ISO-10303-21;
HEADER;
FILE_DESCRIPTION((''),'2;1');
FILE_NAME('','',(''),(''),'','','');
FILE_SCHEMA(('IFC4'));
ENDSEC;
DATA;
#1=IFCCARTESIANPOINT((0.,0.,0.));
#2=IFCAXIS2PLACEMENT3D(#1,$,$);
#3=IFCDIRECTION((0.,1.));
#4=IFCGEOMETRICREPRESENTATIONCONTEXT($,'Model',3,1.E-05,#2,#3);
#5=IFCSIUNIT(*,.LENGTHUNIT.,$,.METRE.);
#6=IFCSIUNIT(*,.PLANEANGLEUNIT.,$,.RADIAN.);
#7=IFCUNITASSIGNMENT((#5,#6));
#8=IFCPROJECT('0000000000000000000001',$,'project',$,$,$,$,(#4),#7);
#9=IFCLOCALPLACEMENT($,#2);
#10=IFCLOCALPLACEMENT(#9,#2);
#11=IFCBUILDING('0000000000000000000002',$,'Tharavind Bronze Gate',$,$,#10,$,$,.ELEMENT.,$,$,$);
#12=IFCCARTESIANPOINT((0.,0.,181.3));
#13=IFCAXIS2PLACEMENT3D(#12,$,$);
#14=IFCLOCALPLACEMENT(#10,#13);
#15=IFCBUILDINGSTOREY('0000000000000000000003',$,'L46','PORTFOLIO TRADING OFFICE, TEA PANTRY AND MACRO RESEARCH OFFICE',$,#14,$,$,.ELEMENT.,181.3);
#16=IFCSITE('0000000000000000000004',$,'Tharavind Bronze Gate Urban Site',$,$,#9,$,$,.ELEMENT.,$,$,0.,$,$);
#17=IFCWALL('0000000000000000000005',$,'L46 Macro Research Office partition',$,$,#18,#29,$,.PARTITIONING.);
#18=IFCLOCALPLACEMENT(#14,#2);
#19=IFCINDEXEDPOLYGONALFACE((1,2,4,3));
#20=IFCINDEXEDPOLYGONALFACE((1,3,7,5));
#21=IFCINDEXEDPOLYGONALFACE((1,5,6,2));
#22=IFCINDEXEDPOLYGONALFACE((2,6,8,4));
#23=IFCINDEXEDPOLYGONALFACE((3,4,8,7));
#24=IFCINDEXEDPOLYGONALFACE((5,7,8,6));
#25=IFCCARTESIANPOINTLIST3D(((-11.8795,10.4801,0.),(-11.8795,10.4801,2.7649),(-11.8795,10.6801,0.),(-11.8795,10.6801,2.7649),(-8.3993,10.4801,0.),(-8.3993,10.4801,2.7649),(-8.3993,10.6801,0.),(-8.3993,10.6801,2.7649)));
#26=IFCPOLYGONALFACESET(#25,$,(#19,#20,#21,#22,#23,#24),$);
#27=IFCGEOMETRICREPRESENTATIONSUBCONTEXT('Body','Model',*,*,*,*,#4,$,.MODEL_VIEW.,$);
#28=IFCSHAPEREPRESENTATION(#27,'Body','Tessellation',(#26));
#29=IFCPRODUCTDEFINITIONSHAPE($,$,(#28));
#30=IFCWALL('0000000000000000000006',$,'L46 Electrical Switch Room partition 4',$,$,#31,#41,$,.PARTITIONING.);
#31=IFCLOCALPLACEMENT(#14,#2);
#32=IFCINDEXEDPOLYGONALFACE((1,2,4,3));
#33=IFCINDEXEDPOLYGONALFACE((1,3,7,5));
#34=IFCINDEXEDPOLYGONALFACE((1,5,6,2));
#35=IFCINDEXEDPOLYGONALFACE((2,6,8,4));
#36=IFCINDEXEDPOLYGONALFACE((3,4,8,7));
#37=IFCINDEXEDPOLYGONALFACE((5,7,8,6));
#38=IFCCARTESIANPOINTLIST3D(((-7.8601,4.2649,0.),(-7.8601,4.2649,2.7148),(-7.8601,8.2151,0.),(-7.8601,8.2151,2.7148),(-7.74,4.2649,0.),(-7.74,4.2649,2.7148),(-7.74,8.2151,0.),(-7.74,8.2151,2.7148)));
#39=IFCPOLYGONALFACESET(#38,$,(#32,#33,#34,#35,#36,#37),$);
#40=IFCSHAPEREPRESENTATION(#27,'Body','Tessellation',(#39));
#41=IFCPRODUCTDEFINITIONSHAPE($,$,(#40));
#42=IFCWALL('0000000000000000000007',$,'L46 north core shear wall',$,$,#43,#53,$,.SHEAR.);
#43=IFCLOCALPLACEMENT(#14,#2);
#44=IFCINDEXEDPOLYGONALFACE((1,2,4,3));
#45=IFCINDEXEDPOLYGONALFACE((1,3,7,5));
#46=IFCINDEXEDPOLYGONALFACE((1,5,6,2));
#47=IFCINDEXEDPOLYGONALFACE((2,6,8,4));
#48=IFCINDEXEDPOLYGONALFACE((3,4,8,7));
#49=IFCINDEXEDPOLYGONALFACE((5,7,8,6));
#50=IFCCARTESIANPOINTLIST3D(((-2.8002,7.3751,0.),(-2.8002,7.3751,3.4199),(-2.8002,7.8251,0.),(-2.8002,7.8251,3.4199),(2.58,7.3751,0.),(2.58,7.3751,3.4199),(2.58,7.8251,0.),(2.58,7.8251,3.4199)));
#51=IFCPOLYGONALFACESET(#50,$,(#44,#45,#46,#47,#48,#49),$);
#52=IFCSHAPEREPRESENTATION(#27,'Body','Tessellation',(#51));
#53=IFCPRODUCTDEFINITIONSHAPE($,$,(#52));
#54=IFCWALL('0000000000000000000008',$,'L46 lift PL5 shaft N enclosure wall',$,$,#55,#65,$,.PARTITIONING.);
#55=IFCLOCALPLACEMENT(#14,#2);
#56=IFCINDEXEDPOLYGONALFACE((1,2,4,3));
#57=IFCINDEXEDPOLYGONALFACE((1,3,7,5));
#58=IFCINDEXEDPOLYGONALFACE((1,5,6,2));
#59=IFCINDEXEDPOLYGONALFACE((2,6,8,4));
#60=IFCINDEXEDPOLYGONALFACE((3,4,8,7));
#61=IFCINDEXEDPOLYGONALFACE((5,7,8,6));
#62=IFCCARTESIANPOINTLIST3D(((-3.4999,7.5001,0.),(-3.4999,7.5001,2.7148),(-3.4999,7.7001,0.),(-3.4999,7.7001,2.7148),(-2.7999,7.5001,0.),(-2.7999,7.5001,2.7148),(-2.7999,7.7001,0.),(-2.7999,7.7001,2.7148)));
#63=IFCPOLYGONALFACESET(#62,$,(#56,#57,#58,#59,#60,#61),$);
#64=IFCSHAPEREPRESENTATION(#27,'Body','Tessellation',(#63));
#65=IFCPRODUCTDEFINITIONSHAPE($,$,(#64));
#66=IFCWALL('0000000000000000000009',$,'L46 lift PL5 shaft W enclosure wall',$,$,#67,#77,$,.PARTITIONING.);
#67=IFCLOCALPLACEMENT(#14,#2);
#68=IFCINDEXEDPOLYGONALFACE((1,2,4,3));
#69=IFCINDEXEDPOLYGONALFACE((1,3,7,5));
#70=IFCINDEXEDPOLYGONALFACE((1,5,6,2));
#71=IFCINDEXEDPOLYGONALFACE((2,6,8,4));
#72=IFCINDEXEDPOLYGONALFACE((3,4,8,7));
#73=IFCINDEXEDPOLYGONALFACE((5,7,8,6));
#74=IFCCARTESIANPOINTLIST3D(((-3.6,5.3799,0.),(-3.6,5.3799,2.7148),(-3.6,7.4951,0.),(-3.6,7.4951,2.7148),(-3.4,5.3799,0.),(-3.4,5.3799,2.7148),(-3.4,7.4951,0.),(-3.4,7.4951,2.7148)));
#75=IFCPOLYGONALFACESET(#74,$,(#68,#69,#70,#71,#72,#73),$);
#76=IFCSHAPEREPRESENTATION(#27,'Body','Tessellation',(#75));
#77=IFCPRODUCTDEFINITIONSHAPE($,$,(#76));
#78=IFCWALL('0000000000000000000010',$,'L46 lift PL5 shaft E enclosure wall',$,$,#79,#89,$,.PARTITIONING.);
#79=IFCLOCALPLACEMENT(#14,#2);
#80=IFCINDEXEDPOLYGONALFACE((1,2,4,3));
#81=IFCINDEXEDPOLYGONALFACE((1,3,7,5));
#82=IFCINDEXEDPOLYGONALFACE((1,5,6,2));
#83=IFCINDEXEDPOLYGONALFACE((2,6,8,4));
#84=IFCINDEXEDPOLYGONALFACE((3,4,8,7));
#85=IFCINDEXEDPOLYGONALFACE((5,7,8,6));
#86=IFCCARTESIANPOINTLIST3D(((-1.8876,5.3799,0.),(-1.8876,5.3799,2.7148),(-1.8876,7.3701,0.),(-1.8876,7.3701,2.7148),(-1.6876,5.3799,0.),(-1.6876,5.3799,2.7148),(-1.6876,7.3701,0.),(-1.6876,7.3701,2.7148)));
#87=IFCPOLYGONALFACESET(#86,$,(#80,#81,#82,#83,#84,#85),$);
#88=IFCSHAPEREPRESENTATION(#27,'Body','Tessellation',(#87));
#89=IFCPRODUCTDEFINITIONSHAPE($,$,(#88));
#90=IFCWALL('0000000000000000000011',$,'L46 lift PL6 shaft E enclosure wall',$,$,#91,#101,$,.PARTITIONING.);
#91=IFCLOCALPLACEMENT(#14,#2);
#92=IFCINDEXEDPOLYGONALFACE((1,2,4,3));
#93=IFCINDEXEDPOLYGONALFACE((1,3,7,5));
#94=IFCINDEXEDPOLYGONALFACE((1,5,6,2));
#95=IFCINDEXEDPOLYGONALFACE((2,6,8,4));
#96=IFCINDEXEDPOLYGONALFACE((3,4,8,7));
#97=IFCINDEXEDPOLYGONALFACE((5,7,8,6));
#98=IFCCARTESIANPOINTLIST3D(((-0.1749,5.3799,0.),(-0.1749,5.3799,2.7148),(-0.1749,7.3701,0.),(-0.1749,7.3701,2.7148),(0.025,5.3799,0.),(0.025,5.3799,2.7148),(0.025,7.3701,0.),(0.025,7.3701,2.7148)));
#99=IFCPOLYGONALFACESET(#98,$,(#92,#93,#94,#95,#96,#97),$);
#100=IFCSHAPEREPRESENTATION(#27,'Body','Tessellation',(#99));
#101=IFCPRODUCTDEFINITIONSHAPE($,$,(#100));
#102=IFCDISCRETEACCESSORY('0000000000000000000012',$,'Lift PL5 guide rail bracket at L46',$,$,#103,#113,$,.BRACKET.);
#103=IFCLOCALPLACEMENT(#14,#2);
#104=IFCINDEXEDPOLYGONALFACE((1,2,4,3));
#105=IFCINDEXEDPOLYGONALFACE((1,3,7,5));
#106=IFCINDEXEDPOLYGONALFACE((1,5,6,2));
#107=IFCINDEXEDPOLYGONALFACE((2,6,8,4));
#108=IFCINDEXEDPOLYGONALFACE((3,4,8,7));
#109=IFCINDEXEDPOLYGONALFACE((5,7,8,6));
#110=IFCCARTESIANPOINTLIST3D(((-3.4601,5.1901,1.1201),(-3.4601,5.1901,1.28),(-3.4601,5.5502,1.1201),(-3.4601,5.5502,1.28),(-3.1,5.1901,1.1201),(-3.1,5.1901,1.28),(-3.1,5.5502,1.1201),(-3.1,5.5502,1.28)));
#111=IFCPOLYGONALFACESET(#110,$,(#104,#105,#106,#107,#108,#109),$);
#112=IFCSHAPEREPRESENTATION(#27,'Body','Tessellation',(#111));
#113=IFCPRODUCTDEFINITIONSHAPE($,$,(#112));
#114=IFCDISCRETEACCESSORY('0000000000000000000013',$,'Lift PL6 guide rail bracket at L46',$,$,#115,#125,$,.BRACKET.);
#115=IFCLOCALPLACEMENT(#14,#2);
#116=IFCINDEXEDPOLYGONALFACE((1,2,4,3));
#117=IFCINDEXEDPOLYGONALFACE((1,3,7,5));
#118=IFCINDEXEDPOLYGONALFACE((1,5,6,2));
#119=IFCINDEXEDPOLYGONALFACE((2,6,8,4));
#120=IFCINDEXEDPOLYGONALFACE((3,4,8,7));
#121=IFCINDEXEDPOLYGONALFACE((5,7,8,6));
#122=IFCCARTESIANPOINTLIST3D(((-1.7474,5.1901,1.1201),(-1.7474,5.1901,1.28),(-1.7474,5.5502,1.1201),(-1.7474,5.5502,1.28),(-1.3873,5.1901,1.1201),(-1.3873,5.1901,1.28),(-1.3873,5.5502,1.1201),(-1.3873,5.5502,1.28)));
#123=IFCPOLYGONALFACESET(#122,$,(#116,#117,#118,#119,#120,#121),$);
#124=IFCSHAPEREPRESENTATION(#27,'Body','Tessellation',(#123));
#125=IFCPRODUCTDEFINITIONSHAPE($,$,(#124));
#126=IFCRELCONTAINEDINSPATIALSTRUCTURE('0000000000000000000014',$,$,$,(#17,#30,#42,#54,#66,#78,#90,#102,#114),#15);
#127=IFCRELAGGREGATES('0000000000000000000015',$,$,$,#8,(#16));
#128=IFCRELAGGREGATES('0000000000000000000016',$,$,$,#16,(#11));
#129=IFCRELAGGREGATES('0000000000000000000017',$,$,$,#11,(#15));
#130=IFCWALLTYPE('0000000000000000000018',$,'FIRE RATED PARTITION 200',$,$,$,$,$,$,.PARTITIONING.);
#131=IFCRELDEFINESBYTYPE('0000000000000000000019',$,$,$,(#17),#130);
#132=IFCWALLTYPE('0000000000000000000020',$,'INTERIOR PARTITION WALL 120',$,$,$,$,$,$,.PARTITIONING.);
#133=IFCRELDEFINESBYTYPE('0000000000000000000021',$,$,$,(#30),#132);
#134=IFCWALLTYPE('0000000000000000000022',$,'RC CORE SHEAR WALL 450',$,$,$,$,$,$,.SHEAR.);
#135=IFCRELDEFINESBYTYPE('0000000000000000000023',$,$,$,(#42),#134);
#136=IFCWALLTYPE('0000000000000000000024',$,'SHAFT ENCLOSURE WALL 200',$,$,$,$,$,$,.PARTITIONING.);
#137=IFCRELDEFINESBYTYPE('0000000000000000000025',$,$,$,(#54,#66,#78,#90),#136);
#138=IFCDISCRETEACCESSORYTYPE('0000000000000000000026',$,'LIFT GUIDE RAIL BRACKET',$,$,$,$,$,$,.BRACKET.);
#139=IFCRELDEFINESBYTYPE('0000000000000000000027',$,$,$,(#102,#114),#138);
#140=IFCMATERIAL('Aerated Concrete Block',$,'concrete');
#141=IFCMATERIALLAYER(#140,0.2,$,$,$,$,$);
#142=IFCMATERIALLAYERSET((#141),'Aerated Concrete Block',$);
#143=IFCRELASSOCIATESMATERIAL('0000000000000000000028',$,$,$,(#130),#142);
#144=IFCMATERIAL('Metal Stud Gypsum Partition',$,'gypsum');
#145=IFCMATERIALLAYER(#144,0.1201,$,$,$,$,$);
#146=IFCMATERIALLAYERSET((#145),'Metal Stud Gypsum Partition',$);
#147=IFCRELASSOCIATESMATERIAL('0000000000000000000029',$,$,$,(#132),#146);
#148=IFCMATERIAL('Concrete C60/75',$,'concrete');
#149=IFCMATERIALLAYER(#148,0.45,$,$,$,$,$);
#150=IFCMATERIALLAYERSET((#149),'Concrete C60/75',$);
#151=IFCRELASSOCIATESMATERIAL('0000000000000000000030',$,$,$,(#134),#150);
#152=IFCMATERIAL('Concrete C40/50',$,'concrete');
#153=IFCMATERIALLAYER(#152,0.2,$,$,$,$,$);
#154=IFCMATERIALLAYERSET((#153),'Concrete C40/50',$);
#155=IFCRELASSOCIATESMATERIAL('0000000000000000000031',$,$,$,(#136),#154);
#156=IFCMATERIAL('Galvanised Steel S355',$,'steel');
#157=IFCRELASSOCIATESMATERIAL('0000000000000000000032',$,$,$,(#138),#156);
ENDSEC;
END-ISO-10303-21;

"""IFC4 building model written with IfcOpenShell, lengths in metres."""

from ifc_helpers import new_model, si_unit, direction, frame, frame_2d, origin, origin_2d, place, context, subcontext, project, spatial, rectangle, extrude, material, layer, layer_set, type_object, element, save


model = new_model("IFC4")

# Units and contexts
model_context = context("Model", 3, precision=1e-05, world=origin(), true_north=direction((0.0, 1.0)))
body_context = subcontext(model_context, "Body", "Model", "MODEL_VIEW")
ifc_project = project(units=[si_unit("LENGTHUNIT", "METRE"), si_unit("PLANEANGLEUNIT", "RADIAN")], contexts=[model_context])

# Site, building, storey
site_placement = place(None, origin())
site = spatial("IfcSite", under=ifc_project, at=site_placement, Name="Tharavind Bronze Gate Urban Site", CompositionType="ELEMENT", RefElevation=0.0)
building_placement = place(site_placement, origin())
building = spatial("IfcBuilding", under=site, at=building_placement, Name="Tharavind Bronze Gate", CompositionType="ELEMENT")
storey_placement = place(building_placement, frame((0.0, 0.0, 181.3)))
storey = spatial("IfcBuildingStorey", under=building, at=storey_placement, Name="L46", Description="PORTFOLIO TRADING OFFICE, TEA PANTRY AND MACRO RESEARCH OFFICE", CompositionType="ELEMENT", Elevation=181.3)

# Walls
ifc_material_1 = material(Name="Aerated Concrete Block", Category="concrete")
ifc_layer_1 = layer(ifc_material_1, 0.2)
ifc_layer_set_1 = layer_set([ifc_layer_1], Name="Aerated Concrete Block")
wall_type_1 = type_object("IfcWallType", Name="FIRE RATED PARTITION 200", PredefinedType="PARTITIONING", material=ifc_layer_set_1)
wall_1_placement = place(storey_placement, frame((-8.3992, 10.5801, 0.0), z_axis=(0.0, 0.0, 1.0), x_axis=(-1.0, 0.0, 0.0)))
element("IfcWall", 1, at=wall_1_placement, inside=storey, type_object=wall_type_1, Name="L46 Macro Research Office partition", PredefinedType="PARTITIONING", context=body_context, shape_type="SweptSolid", body=[
    extrude(rectangle(XDim=3.4802, YDim=0.2, at=frame_2d((1.7402, 0.0))), origin(), (0.0, 0.0, 1.0), 2.7649),
])
ifc_material_2 = material(Name="Metal Stud Gypsum Partition", Category="gypsum")
ifc_layer_2 = layer(ifc_material_2, 0.1201)
ifc_layer_set_2 = layer_set([ifc_layer_2], Name="Metal Stud Gypsum Partition")
wall_type_2 = type_object("IfcWallType", Name="INTERIOR PARTITION WALL 120", PredefinedType="PARTITIONING", material=ifc_layer_set_2)
wall_2_placement = place(storey_placement, frame((-7.8, 8.2151, 0.0), z_axis=(0.0, 0.0, 1.0), x_axis=(0.0, -1.0, 0.0)))
element("IfcWall", 2, at=wall_2_placement, inside=storey, type_object=wall_type_2, Name="L46 Electrical Switch Room partition 4", PredefinedType="PARTITIONING", context=body_context, shape_type="SweptSolid", body=[
    extrude(rectangle(XDim=3.9502, YDim=0.1201, at=frame_2d((1.9751, 0.0))), origin(), (0.0, 0.0, 1.0), 2.7148),
])
ifc_material_3 = material(Name="Concrete C60/75", Category="concrete")
ifc_layer_3 = layer(ifc_material_3, 0.45)
ifc_layer_set_3 = layer_set([ifc_layer_3], Name="Concrete C60/75")
wall_type_3 = type_object("IfcWallType", Name="RC CORE SHEAR WALL 450", PredefinedType="SHEAR", material=ifc_layer_set_3)
wall_3_placement = place(storey_placement, frame((-2.8, 7.6001, 0.0), z_axis=(0.0, 0.0, 1.0), x_axis=(1.0, 0.0, 0.0)))
element("IfcWall", 3, at=wall_3_placement, inside=storey, type_object=wall_type_3, Name="L46 north core shear wall", PredefinedType="SHEAR", context=body_context, shape_type="SweptSolid", body=[
    extrude(rectangle(XDim=5.3801, YDim=0.45, at=frame_2d((2.6899, 0.0))), origin(), (0.0, 0.0, 1.0), 3.4199),
])
ifc_material_4 = material(Name="Concrete C40/50", Category="concrete")
ifc_layer_4 = layer(ifc_material_4, 0.2)
ifc_layer_set_4 = layer_set([ifc_layer_4], Name="Concrete C40/50")
wall_type_4 = type_object("IfcWallType", Name="SHAFT ENCLOSURE WALL 200", PredefinedType="PARTITIONING", material=ifc_layer_set_4)
wall_4_placement = place(storey_placement, frame((-3.5, 7.6001, 0.0), z_axis=(0.0, 0.0, 1.0), x_axis=(1.0, 0.0, 0.0)))
element("IfcWall", 4, at=wall_4_placement, inside=storey, type_object=wall_type_4, Name="L46 lift PL5 shaft N enclosure wall", PredefinedType="PARTITIONING", context=body_context, shape_type="SweptSolid", body=[
    extrude(rectangle(XDim=0.7, YDim=0.2, at=frame_2d((0.3501, 0.0))), origin(), (0.0, 0.0, 1.0), 2.7148),
])
wall_5_placement = place(storey_placement, frame((-3.5, 5.3799, 0.0), z_axis=(0.0, 0.0, 1.0), x_axis=(0.0, 1.0, 0.0)))
element("IfcWall", 5, at=wall_5_placement, inside=storey, type_object=wall_type_4, Name="L46 lift PL5 shaft W enclosure wall", PredefinedType="PARTITIONING", context=body_context, shape_type="SweptSolid", body=[
    extrude(rectangle(XDim=2.1152, YDim=0.2, at=frame_2d((1.0576, 0.0))), origin(), (0.0, 0.0, 1.0), 2.7148),
])
for number, where, z_axis, x_axis, name in (
    (6, (-1.7876, 5.3799, 0.0), (0.0, 0.0, 1.0), (0.0, 1.0, 0.0), "L46 lift PL5 shaft E enclosure wall"),
    (7, (-0.075, 5.3799, 0.0), (0.0, 0.0, 1.0), (0.0, 1.0, 0.0), "L46 lift PL6 shaft E enclosure wall"),
):
    element("IfcWall", number, at=place(storey_placement, frame(where, z_axis=z_axis, x_axis=x_axis)), inside=storey, type_object=wall_type_4, Name=name, PredefinedType="PARTITIONING", context=body_context, shape_type="SweptSolid", body=[
        extrude(rectangle(XDim=1.9902, YDim=0.2, at=frame_2d((0.9951, 0.0))), origin(), (0.0, 0.0, 1.0), 2.7148),
    ])

# Discrete accessories
ifc_material_5 = material(Name="Galvanised Steel S355", Category="steel")
discrete_accessory_type = type_object("IfcDiscreteAccessoryType", Name="LIFT GUIDE RAIL BRACKET", PredefinedType="BRACKET", material=ifc_material_5)
for number, where, z_axis, x_axis, name in (
    (8, (-3.28, 5.3701, 1.1201), (0.0, 0.0, 1.0), (1.0, 0.0, 0.0), "Lift PL5 guide rail bracket at L46"),
    (9, (-1.5674, 5.3701, 1.1201), (0.0, 0.0, 1.0), (1.0, 0.0, 0.0), "Lift PL6 guide rail bracket at L46"),
):
    element("IfcDiscreteAccessory", number, at=place(storey_placement, frame(where, z_axis=z_axis, x_axis=x_axis)), inside=storey, type_object=discrete_accessory_type, Name=name, PredefinedType="BRACKET", context=body_context, shape_type="SweptSolid", body=[
        extrude(rectangle(XDim=0.3601, YDim=0.3601, at=origin_2d()), origin(), (0.0, 0.0, 1.0), 0.1599),
    ])

save(model, "model.ifc")
